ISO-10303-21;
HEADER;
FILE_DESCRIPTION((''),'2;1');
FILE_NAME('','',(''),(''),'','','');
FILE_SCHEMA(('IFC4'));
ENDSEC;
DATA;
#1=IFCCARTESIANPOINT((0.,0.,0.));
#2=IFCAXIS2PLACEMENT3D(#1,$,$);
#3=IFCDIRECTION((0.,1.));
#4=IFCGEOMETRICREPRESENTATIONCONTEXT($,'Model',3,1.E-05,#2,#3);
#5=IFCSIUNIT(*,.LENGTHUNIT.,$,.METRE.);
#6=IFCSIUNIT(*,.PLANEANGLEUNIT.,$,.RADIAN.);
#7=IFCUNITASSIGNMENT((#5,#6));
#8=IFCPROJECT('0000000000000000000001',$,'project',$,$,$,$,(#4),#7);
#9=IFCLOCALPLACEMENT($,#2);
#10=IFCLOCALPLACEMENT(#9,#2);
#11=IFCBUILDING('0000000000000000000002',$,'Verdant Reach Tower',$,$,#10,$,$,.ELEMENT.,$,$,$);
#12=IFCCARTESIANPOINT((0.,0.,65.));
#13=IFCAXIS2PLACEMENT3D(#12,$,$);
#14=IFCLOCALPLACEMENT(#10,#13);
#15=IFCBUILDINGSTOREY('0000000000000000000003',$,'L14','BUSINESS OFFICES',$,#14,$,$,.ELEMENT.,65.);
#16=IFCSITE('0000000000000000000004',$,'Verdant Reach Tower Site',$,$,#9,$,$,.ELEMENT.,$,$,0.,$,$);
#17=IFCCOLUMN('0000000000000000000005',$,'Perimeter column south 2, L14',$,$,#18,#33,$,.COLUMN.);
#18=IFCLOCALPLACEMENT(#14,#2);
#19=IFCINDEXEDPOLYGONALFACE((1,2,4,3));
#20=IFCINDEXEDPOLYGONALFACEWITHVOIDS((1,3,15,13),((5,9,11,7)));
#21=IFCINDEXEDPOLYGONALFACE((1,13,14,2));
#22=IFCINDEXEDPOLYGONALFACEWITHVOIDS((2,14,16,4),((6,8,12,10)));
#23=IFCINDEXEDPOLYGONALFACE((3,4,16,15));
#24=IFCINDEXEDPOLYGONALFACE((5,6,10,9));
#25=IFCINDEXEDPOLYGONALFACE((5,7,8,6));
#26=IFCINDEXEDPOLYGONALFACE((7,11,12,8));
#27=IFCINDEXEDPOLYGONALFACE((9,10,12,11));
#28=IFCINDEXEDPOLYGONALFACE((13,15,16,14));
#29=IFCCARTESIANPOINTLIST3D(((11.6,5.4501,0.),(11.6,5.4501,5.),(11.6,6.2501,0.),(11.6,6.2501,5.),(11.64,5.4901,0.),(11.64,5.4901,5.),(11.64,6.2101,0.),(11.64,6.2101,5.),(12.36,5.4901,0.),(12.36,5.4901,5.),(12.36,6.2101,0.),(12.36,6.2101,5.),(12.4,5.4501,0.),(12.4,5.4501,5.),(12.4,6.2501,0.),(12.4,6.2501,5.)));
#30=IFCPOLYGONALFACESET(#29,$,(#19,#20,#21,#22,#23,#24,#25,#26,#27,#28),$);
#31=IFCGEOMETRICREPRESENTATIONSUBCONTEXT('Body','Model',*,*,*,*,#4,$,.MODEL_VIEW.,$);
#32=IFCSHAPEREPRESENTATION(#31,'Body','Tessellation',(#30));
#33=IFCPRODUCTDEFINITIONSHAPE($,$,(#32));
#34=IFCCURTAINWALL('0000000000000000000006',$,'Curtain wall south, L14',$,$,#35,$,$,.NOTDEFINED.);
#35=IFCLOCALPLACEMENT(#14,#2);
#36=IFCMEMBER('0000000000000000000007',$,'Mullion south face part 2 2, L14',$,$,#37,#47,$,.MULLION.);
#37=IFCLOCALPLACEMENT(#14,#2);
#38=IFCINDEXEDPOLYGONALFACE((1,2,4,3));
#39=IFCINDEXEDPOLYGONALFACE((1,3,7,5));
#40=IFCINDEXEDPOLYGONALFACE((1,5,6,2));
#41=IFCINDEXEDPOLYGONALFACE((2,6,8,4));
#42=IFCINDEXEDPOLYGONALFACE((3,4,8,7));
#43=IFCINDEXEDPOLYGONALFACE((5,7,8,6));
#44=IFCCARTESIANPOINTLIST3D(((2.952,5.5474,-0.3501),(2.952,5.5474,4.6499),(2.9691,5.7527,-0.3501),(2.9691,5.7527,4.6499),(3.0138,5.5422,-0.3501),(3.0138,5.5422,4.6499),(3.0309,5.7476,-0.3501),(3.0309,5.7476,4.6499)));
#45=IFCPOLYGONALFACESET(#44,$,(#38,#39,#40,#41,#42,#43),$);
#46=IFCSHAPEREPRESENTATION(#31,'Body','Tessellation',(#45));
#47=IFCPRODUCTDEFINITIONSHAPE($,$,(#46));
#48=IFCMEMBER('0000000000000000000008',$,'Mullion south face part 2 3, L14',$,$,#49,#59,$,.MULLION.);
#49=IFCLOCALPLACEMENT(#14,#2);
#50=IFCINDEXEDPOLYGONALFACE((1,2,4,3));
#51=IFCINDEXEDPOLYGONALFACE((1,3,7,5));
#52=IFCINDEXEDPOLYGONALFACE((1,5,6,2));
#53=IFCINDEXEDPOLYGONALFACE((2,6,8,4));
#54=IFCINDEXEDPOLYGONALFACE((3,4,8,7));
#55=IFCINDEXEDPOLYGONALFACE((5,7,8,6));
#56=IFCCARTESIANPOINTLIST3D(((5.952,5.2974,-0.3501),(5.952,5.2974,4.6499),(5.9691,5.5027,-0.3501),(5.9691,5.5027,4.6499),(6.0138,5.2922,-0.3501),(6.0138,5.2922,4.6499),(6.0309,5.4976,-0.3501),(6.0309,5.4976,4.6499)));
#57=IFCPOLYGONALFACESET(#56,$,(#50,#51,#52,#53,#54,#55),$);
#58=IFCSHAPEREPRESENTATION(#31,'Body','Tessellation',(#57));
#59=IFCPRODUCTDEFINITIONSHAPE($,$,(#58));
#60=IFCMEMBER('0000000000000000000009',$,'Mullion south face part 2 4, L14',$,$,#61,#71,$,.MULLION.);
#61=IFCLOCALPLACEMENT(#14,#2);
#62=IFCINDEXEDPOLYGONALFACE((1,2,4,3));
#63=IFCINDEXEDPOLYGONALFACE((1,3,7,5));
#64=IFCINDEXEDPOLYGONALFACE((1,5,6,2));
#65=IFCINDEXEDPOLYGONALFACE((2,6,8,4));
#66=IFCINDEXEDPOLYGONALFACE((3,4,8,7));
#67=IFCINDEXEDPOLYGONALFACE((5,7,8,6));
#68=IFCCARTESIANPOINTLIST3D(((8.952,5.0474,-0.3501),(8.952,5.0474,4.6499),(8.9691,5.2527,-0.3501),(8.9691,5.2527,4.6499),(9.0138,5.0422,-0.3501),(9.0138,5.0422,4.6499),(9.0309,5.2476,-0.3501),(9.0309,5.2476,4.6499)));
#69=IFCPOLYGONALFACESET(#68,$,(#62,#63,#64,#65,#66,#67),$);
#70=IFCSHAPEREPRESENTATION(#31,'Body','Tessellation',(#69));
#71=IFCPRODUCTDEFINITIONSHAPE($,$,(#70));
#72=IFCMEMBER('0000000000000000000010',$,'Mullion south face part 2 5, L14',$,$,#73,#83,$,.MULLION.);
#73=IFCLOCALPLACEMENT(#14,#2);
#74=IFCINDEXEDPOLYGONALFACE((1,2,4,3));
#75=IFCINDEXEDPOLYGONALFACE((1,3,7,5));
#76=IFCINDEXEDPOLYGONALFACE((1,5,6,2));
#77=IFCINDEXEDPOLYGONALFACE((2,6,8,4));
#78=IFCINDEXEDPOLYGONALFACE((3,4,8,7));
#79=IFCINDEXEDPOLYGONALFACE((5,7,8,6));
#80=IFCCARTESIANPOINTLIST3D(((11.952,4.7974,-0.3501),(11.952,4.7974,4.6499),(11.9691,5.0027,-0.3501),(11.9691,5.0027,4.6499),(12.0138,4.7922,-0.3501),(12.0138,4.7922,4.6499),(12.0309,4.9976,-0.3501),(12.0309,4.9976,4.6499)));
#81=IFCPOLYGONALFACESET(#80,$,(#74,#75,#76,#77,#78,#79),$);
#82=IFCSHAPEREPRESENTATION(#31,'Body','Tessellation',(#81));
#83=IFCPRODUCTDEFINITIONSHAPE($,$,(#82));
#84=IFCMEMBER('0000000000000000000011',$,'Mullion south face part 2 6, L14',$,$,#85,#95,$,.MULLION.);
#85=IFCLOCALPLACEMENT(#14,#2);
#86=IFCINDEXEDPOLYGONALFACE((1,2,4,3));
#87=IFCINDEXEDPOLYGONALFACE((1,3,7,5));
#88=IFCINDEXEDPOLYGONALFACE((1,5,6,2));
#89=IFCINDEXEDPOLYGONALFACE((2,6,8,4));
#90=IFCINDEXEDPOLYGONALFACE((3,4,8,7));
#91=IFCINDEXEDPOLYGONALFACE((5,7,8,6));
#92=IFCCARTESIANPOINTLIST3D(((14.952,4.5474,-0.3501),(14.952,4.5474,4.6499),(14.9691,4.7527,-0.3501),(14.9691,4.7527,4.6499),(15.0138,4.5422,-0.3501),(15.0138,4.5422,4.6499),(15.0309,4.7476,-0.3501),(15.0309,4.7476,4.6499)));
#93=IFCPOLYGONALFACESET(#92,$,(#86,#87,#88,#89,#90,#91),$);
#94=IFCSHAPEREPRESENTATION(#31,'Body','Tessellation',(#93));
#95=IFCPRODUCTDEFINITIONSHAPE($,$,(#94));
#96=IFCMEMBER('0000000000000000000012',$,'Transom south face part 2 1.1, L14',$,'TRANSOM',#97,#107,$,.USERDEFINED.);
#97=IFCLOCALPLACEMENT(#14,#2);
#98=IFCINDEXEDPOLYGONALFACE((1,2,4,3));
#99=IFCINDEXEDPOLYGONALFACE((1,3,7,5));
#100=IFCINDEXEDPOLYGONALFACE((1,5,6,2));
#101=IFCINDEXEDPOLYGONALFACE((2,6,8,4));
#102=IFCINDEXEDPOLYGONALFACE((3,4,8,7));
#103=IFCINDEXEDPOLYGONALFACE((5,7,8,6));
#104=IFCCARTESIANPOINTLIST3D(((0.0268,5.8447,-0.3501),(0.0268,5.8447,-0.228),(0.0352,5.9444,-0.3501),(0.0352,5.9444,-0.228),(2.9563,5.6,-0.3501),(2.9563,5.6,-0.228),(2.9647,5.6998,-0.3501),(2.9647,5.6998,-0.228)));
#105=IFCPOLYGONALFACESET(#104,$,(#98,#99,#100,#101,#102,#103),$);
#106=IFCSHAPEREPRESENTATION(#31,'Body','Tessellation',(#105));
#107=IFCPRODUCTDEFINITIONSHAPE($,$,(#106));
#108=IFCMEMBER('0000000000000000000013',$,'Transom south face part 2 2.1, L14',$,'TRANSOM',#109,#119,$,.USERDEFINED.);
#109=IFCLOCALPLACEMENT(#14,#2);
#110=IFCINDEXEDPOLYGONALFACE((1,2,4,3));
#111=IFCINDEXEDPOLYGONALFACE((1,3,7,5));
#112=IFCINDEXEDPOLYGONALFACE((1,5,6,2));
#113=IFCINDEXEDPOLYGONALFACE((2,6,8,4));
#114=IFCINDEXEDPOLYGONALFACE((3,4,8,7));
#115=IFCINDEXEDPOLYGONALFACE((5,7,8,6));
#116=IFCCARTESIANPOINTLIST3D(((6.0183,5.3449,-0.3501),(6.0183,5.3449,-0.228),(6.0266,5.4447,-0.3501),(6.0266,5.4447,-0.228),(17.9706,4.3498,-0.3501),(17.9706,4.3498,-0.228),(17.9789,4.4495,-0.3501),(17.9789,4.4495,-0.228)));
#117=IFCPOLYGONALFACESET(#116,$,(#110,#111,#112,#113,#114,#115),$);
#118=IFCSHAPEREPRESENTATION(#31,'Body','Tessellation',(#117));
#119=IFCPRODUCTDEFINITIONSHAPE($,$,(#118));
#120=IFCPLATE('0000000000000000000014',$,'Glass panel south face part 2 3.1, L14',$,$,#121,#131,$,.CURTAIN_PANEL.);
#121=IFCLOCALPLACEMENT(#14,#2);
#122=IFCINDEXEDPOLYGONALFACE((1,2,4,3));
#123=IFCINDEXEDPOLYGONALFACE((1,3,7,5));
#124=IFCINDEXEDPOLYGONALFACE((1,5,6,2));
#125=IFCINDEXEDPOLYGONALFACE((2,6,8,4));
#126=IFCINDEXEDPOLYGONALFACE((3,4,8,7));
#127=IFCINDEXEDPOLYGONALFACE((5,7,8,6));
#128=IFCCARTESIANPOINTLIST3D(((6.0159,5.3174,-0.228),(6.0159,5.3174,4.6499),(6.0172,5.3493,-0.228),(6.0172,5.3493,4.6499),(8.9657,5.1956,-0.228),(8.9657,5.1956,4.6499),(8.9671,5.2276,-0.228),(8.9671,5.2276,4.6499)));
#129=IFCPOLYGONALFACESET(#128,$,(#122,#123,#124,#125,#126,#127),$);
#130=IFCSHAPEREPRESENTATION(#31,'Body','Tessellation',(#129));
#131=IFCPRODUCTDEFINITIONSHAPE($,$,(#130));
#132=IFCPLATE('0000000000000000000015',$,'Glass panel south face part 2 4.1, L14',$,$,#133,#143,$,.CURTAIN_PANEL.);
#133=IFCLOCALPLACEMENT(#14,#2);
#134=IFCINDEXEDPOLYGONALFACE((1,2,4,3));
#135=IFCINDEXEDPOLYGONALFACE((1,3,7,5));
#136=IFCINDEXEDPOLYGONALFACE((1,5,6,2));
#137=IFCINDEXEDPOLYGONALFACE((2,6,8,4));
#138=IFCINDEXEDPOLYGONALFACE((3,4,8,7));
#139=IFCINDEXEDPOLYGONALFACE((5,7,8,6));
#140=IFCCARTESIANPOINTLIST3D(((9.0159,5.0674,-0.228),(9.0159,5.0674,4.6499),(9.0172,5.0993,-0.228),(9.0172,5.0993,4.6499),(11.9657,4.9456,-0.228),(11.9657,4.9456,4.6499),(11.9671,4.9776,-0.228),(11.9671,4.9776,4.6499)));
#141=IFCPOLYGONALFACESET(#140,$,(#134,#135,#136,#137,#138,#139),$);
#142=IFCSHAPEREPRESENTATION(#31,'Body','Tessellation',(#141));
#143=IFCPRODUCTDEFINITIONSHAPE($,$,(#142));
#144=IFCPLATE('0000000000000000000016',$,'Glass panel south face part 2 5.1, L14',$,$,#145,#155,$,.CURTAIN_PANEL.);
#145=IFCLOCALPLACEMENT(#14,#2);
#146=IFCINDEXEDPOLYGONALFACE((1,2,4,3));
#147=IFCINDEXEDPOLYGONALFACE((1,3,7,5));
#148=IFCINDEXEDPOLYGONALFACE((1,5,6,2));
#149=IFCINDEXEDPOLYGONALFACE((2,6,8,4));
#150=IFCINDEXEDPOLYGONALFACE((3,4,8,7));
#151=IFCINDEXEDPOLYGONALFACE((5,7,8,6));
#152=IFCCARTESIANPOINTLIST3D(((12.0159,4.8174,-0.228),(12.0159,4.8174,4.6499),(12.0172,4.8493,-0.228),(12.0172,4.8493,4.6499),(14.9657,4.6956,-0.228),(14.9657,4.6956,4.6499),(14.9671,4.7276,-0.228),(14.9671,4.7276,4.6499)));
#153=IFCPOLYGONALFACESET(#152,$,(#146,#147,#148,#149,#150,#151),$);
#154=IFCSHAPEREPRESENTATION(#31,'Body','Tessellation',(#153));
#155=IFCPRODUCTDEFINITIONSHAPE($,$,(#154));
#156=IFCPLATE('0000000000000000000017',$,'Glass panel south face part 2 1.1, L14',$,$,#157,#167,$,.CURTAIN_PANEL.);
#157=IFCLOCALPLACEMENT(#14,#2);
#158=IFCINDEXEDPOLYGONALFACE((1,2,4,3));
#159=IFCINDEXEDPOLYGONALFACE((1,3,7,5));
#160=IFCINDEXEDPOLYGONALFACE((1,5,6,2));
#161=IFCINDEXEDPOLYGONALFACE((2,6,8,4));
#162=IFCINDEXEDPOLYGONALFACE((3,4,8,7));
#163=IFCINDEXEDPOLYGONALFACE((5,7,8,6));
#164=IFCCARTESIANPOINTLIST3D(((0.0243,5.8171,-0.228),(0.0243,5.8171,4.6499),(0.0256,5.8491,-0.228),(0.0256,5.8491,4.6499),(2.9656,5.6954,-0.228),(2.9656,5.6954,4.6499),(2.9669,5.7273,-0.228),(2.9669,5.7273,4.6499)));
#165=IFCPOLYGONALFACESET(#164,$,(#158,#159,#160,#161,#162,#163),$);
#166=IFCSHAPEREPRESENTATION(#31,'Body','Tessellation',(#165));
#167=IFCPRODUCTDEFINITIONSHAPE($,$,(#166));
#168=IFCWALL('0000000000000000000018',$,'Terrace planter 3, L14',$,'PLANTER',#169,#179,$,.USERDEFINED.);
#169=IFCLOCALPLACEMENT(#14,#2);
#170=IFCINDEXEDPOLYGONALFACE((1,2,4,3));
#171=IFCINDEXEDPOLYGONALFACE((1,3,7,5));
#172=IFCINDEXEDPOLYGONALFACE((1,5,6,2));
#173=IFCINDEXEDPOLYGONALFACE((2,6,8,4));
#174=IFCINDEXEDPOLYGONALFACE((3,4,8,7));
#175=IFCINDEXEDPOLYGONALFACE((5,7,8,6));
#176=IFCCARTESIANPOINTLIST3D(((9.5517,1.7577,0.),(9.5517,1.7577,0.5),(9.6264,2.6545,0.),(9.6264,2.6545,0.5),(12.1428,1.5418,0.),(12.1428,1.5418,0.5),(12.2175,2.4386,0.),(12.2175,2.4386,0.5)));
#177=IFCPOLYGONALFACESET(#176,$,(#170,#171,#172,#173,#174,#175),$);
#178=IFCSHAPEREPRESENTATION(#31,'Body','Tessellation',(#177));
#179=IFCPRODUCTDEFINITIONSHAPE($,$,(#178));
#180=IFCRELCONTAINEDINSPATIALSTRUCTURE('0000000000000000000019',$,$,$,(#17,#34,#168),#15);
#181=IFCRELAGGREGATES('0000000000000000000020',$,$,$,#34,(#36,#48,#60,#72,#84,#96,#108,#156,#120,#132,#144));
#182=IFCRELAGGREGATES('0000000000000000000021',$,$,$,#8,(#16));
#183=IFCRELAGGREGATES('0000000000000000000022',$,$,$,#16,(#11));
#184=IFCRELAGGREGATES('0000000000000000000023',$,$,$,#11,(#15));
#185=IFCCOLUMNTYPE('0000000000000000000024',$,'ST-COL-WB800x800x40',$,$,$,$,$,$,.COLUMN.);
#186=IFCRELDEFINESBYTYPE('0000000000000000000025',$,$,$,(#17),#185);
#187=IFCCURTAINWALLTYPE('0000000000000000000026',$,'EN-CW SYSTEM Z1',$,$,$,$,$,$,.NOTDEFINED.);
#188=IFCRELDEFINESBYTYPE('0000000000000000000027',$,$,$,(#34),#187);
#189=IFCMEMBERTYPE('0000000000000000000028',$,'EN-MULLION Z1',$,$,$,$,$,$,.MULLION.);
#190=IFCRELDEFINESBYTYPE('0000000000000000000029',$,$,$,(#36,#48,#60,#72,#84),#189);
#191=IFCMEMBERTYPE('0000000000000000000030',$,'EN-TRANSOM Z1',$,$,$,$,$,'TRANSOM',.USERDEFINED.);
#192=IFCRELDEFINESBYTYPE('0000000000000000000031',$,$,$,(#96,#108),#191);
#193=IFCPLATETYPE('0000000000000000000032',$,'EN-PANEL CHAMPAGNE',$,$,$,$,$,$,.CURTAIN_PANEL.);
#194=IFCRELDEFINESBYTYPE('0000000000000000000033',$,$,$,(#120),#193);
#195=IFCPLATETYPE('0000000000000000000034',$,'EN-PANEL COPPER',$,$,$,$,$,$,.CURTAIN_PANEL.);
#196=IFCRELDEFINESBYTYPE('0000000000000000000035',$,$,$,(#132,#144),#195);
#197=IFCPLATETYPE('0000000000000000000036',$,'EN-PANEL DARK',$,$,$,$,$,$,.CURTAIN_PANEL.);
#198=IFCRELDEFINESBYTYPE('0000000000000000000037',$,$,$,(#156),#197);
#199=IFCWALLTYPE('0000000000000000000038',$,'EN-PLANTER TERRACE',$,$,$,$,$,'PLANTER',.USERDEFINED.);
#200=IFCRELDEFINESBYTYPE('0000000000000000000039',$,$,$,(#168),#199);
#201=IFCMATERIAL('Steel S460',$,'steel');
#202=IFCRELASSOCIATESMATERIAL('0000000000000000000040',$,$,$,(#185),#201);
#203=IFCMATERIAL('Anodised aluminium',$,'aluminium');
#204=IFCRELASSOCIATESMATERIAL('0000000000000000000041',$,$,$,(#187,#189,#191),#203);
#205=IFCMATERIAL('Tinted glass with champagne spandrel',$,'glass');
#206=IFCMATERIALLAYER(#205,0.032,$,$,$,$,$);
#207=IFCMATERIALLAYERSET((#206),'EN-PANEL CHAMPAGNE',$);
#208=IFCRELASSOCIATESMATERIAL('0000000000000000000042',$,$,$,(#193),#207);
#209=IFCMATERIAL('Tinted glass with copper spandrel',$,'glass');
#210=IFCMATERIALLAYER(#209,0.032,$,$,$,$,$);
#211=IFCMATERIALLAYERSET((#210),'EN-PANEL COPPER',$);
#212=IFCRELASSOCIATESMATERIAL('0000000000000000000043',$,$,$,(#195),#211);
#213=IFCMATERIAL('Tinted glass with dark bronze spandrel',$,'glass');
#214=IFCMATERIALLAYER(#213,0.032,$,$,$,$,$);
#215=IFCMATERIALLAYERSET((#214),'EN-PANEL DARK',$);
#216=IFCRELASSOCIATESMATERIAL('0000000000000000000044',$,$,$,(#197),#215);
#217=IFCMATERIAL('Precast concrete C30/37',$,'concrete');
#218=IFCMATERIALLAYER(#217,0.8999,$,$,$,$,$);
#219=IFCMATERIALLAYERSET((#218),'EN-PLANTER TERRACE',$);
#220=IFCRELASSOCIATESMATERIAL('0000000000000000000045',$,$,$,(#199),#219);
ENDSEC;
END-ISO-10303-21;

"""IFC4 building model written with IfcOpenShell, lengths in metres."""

from ifc_helpers import new_model, si_unit, direction, frame, frame_2d, origin, origin_2d, place, context, subcontext, project, spatial, rectangle, hollow_rectangle, extrude, material, layer, layer_set, material_profile, profile_set, type_object, element, aggregate, save


model = new_model("IFC4")

# Units and contexts
model_context = context("Model", 3, precision=1e-05, world=origin(), true_north=direction((0.0, 1.0)))
body_context = subcontext(model_context, "Body", "Model", "MODEL_VIEW")
ifc_project = project(units=[si_unit("LENGTHUNIT", "METRE"), si_unit("PLANEANGLEUNIT", "RADIAN")], contexts=[model_context])

# Site, building, storey
site_placement = place(None, origin())
site = spatial("IfcSite", under=ifc_project, at=site_placement, Name="Verdant Reach Tower Site", CompositionType="ELEMENT", RefElevation=0.0)
building_placement = place(site_placement, origin())
building = spatial("IfcBuilding", under=site, at=building_placement, Name="Verdant Reach Tower", CompositionType="ELEMENT")
storey_placement = place(building_placement, frame((0.0, 0.0, 65.0)))
storey = spatial("IfcBuildingStorey", under=building, at=storey_placement, Name="L14", Description="BUSINESS OFFICES", CompositionType="ELEMENT", Elevation=65.0)

# Column
ifc_material_1 = material(Name="Steel S460", Category="steel")
ifc_material_profile_1 = material_profile(ifc_material_1, hollow_rectangle(XDim=0.8, YDim=0.8, WallThickness=0.04, at=origin_2d()), Name="WB 800x800x40")
ifc_profile_set_1 = profile_set([ifc_material_profile_1], Name="Steel S460")
column_type = type_object("IfcColumnType", Name="ST-COL-WB800x800x40", PredefinedType="COLUMN", material=ifc_profile_set_1)
column_placement = place(storey_placement, frame((12.0, 5.8501, 0.0), z_axis=(0.0, 0.0, 1.0), x_axis=(1.0, 0.0, 0.0)))
element("IfcColumn", 1, at=column_placement, inside=storey, type_object=column_type, Name="Perimeter column south 2, L14", PredefinedType="COLUMN", context=body_context, shape_type="SweptSolid", body=[
    extrude(hollow_rectangle(XDim=0.8, YDim=0.8, WallThickness=0.04, at=origin_2d()), origin(), (0.0, 0.0, 1.0), 5.0),
])

# Curtain wall, members, plates
ifc_material_2 = material(Name="Anodised aluminium", Category="aluminium")
curtain_wall_type = type_object("IfcCurtainWallType", Name="EN-CW SYSTEM Z1", PredefinedType="NOTDEFINED", material=ifc_material_2)
curtain_wall_placement = place(storey_placement, origin())
curtain_wall = element("IfcCurtainWall", 2, at=curtain_wall_placement, inside=storey, type_object=curtain_wall_type, Name="Curtain wall south, L14", PredefinedType="NOTDEFINED")
ifc_material_profile_2 = material_profile(ifc_material_2, rectangle(XDim=0.2061, YDim=0.062, at=origin_2d()), Name="Mullion 62x206")
ifc_profile_set_2 = profile_set([ifc_material_profile_2], Name="Anodised aluminium")
member_type_1 = type_object("IfcMemberType", Name="EN-MULLION Z1", PredefinedType="MULLION", material=ifc_profile_set_2)
member_1_placement = place(storey_placement, frame((2.9915, 5.6475, -0.3501), z_axis=(0.0, 0.0, 1.0), x_axis=(-0.083045, -0.996546, 0.0)))
member_1 = element("IfcMember", 3, at=member_1_placement, type_object=member_type_1, Name="Mullion south face part 2 2, L14", PredefinedType="MULLION", context=body_context, shape_type="SweptSolid", body=[
    extrude(rectangle(XDim=0.2061, YDim=0.062, at=origin_2d()), origin(), (0.0, 0.0, 1.0), 5.0),
])
member_2_placement = place(storey_placement, frame((5.9915, 5.3975, -0.3501), z_axis=(0.0, 0.0, 1.0), x_axis=(-0.083045, -0.996546, 0.0)))
member_2 = element("IfcMember", 4, at=member_2_placement, type_object=member_type_1, Name="Mullion south face part 2 3, L14", PredefinedType="MULLION", context=body_context, shape_type="SweptSolid", body=[
    extrude(rectangle(XDim=0.2061, YDim=0.062, at=origin_2d()), origin(), (0.0, 0.0, 1.0), 5.0),
])
member_3_placement = place(storey_placement, frame((8.9915, 5.1475, -0.3501), z_axis=(0.0, 0.0, 1.0), x_axis=(-0.083045, -0.996546, 0.0)))
member_3 = element("IfcMember", 5, at=member_3_placement, type_object=member_type_1, Name="Mullion south face part 2 4, L14", PredefinedType="MULLION", context=body_context, shape_type="SweptSolid", body=[
    extrude(rectangle(XDim=0.2061, YDim=0.062, at=origin_2d()), origin(), (0.0, 0.0, 1.0), 5.0),
])
member_4_placement = place(storey_placement, frame((11.9915, 4.8975, -0.3501), z_axis=(0.0, 0.0, 1.0), x_axis=(-0.083045, -0.996546, 0.0)))
member_4 = element("IfcMember", 6, at=member_4_placement, type_object=member_type_1, Name="Mullion south face part 2 5, L14", PredefinedType="MULLION", context=body_context, shape_type="SweptSolid", body=[
    extrude(rectangle(XDim=0.2061, YDim=0.062, at=origin_2d()), origin(), (0.0, 0.0, 1.0), 5.0),
])
member_5_placement = place(storey_placement, frame((14.9915, 4.6475, -0.3501), z_axis=(0.0, 0.0, 1.0), x_axis=(-0.083045, -0.996546, 0.0)))
member_5 = element("IfcMember", 7, at=member_5_placement, type_object=member_type_1, Name="Mullion south face part 2 6, L14", PredefinedType="MULLION", context=body_context, shape_type="SweptSolid", body=[
    extrude(rectangle(XDim=0.2061, YDim=0.062, at=origin_2d()), origin(), (0.0, 0.0, 1.0), 5.0),
])
ifc_material_profile_3 = material_profile(ifc_material_2, rectangle(XDim=0.1001, YDim=0.1221, at=origin_2d()), Name="Transom 122x100")
ifc_profile_set_3 = profile_set([ifc_material_profile_3], Name="Anodised aluminium")
member_type_2 = type_object("IfcMemberType", Name="EN-TRANSOM Z1", ElementType="TRANSOM", PredefinedType="USERDEFINED", material=ifc_profile_set_3)
member_6_placement = place(storey_placement, frame((0.031, 5.8945, -0.2891), z_axis=(0.996531, -0.083217, 0.0), x_axis=(0.083217, 0.996531, 0.0)))
member_6 = element("IfcMember", 8, at=member_6_placement, type_object=member_type_2, Name="Transom south face part 2 1.1, L14", ObjectType="TRANSOM", PredefinedType="USERDEFINED", context=body_context, shape_type="SweptSolid", body=[
    extrude(rectangle(XDim=0.1001, YDim=0.1221, at=origin_2d()), origin(), (0.0, 0.0, 1.0), 2.9397),
])
member_7_placement = place(storey_placement, frame((6.0225, 5.3948, -0.2891), z_axis=(0.996552, -0.08297, 0.0), x_axis=(0.08297, 0.996552, 0.0)))
member_7 = element("IfcMember", 9, at=member_7_placement, type_object=member_type_2, Name="Transom south face part 2 2.1, L14", ObjectType="TRANSOM", PredefinedType="USERDEFINED", context=body_context, shape_type="SweptSolid", body=[
    extrude(rectangle(XDim=0.1001, YDim=0.1221, at=origin_2d()), origin(), (0.0, 0.0, 1.0), 11.9937),
])
ifc_material_3 = material(Name="Tinted glass with champagne spandrel", Category="glass")
ifc_layer_1 = layer(ifc_material_3, 0.032)
ifc_layer_set_1 = layer_set([ifc_layer_1], Name="EN-PANEL CHAMPAGNE")
plate_type_1 = type_object("IfcPlateType", Name="EN-PANEL CHAMPAGNE", PredefinedType="CURTAIN_PANEL", material=ifc_layer_set_1)
plate_1_placement = place(storey_placement, frame((7.4915, 5.2725, -0.228), z_axis=(0.0, 0.0, 1.0), x_axis=(0.999149, -0.041242, 0.0)))
plate_1 = element("IfcPlate", 10, at=plate_1_placement, type_object=plate_type_1, Name="Glass panel south face part 2 3.1, L14", PredefinedType="CURTAIN_PANEL", context=body_context, shape_type="SweptSolid", body=[
    extrude(rectangle(XDim=2.9524, YDim=0.032, at=origin_2d()), origin(), (0.0, 0.0, 1.0), 4.8779),
])
ifc_material_4 = material(Name="Tinted glass with copper spandrel", Category="glass")
ifc_layer_2 = layer(ifc_material_4, 0.032)
ifc_layer_set_2 = layer_set([ifc_layer_2], Name="EN-PANEL COPPER")
plate_type_2 = type_object("IfcPlateType", Name="EN-PANEL COPPER", PredefinedType="CURTAIN_PANEL", material=ifc_layer_set_2)
plate_2_placement = place(storey_placement, frame((10.4915, 5.0225, -0.228), z_axis=(0.0, 0.0, 1.0), x_axis=(0.999149, -0.041242, 0.0)))
plate_2 = element("IfcPlate", 11, at=plate_2_placement, type_object=plate_type_2, Name="Glass panel south face part 2 4.1, L14", PredefinedType="CURTAIN_PANEL", context=body_context, shape_type="SweptSolid", body=[
    extrude(rectangle(XDim=2.9524, YDim=0.032, at=origin_2d()), origin(), (0.0, 0.0, 1.0), 4.8779),
])
plate_3_placement = place(storey_placement, frame((13.4915, 4.7725, -0.228), z_axis=(0.0, 0.0, 1.0), x_axis=(0.999149, -0.041242, 0.0)))
plate_3 = element("IfcPlate", 12, at=plate_3_placement, type_object=plate_type_2, Name="Glass panel south face part 2 5.1, L14", PredefinedType="CURTAIN_PANEL", context=body_context, shape_type="SweptSolid", body=[
    extrude(rectangle(XDim=2.9524, YDim=0.032, at=origin_2d()), origin(), (0.0, 0.0, 1.0), 4.8779),
])
ifc_material_5 = material(Name="Tinted glass with dark bronze spandrel", Category="glass")
ifc_layer_3 = layer(ifc_material_5, 0.032)
ifc_layer_set_3 = layer_set([ifc_layer_3], Name="EN-PANEL DARK")
plate_type_3 = type_object("IfcPlateType", Name="EN-PANEL DARK", PredefinedType="CURTAIN_PANEL", material=ifc_layer_set_3)
plate_4_placement = place(storey_placement, frame((1.4956, 5.7722, -0.228), z_axis=(0.0, 0.0, 1.0), x_axis=(0.999144, -0.04136, 0.0)))
plate_4 = element("IfcPlate", 13, at=plate_4_placement, type_object=plate_type_3, Name="Glass panel south face part 2 1.1, L14", PredefinedType="CURTAIN_PANEL", context=body_context, shape_type="SweptSolid", body=[
    extrude(rectangle(XDim=2.9438, YDim=0.032, at=origin_2d()), origin(), (0.0, 0.0, 1.0), 4.8779),
])
aggregate(curtain_wall, [member_1, member_2, member_3, member_4, member_5, member_6, member_7, plate_4, plate_1, plate_2, plate_3])

# Wall
ifc_material_6 = material(Name="Precast concrete C30/37", Category="concrete")
ifc_layer_4 = layer(ifc_material_6, 0.8999)
ifc_layer_set_4 = layer_set([ifc_layer_4], Name="EN-PLANTER TERRACE")
wall_type_1 = type_object("IfcWallType", Name="EN-PLANTER TERRACE", ElementType="PLANTER", PredefinedType="USERDEFINED", material=ifc_layer_set_4)
for number, where, z_axis, x_axis, name in (
    (14, (12.1802, 1.9902, 0.0), (0.0, 0.0, 1.0), (-0.996549, 0.083007, 0.0), "Terrace planter 3, L14"),
):
    element("IfcWall", number, at=place(storey_placement, frame(where, z_axis=z_axis, x_axis=x_axis)), inside=storey, type_object=wall_type_1, Name=name, ObjectType="PLANTER", PredefinedType="USERDEFINED", context=body_context, shape_type="SweptSolid", body=[
        extrude(rectangle(XDim=2.6001, YDim=0.8999, at=frame_2d((1.3, 0.0))), origin(), (0.0, 0.0, 1.0), 0.5),
    ])

save(model, "model.ifc")
